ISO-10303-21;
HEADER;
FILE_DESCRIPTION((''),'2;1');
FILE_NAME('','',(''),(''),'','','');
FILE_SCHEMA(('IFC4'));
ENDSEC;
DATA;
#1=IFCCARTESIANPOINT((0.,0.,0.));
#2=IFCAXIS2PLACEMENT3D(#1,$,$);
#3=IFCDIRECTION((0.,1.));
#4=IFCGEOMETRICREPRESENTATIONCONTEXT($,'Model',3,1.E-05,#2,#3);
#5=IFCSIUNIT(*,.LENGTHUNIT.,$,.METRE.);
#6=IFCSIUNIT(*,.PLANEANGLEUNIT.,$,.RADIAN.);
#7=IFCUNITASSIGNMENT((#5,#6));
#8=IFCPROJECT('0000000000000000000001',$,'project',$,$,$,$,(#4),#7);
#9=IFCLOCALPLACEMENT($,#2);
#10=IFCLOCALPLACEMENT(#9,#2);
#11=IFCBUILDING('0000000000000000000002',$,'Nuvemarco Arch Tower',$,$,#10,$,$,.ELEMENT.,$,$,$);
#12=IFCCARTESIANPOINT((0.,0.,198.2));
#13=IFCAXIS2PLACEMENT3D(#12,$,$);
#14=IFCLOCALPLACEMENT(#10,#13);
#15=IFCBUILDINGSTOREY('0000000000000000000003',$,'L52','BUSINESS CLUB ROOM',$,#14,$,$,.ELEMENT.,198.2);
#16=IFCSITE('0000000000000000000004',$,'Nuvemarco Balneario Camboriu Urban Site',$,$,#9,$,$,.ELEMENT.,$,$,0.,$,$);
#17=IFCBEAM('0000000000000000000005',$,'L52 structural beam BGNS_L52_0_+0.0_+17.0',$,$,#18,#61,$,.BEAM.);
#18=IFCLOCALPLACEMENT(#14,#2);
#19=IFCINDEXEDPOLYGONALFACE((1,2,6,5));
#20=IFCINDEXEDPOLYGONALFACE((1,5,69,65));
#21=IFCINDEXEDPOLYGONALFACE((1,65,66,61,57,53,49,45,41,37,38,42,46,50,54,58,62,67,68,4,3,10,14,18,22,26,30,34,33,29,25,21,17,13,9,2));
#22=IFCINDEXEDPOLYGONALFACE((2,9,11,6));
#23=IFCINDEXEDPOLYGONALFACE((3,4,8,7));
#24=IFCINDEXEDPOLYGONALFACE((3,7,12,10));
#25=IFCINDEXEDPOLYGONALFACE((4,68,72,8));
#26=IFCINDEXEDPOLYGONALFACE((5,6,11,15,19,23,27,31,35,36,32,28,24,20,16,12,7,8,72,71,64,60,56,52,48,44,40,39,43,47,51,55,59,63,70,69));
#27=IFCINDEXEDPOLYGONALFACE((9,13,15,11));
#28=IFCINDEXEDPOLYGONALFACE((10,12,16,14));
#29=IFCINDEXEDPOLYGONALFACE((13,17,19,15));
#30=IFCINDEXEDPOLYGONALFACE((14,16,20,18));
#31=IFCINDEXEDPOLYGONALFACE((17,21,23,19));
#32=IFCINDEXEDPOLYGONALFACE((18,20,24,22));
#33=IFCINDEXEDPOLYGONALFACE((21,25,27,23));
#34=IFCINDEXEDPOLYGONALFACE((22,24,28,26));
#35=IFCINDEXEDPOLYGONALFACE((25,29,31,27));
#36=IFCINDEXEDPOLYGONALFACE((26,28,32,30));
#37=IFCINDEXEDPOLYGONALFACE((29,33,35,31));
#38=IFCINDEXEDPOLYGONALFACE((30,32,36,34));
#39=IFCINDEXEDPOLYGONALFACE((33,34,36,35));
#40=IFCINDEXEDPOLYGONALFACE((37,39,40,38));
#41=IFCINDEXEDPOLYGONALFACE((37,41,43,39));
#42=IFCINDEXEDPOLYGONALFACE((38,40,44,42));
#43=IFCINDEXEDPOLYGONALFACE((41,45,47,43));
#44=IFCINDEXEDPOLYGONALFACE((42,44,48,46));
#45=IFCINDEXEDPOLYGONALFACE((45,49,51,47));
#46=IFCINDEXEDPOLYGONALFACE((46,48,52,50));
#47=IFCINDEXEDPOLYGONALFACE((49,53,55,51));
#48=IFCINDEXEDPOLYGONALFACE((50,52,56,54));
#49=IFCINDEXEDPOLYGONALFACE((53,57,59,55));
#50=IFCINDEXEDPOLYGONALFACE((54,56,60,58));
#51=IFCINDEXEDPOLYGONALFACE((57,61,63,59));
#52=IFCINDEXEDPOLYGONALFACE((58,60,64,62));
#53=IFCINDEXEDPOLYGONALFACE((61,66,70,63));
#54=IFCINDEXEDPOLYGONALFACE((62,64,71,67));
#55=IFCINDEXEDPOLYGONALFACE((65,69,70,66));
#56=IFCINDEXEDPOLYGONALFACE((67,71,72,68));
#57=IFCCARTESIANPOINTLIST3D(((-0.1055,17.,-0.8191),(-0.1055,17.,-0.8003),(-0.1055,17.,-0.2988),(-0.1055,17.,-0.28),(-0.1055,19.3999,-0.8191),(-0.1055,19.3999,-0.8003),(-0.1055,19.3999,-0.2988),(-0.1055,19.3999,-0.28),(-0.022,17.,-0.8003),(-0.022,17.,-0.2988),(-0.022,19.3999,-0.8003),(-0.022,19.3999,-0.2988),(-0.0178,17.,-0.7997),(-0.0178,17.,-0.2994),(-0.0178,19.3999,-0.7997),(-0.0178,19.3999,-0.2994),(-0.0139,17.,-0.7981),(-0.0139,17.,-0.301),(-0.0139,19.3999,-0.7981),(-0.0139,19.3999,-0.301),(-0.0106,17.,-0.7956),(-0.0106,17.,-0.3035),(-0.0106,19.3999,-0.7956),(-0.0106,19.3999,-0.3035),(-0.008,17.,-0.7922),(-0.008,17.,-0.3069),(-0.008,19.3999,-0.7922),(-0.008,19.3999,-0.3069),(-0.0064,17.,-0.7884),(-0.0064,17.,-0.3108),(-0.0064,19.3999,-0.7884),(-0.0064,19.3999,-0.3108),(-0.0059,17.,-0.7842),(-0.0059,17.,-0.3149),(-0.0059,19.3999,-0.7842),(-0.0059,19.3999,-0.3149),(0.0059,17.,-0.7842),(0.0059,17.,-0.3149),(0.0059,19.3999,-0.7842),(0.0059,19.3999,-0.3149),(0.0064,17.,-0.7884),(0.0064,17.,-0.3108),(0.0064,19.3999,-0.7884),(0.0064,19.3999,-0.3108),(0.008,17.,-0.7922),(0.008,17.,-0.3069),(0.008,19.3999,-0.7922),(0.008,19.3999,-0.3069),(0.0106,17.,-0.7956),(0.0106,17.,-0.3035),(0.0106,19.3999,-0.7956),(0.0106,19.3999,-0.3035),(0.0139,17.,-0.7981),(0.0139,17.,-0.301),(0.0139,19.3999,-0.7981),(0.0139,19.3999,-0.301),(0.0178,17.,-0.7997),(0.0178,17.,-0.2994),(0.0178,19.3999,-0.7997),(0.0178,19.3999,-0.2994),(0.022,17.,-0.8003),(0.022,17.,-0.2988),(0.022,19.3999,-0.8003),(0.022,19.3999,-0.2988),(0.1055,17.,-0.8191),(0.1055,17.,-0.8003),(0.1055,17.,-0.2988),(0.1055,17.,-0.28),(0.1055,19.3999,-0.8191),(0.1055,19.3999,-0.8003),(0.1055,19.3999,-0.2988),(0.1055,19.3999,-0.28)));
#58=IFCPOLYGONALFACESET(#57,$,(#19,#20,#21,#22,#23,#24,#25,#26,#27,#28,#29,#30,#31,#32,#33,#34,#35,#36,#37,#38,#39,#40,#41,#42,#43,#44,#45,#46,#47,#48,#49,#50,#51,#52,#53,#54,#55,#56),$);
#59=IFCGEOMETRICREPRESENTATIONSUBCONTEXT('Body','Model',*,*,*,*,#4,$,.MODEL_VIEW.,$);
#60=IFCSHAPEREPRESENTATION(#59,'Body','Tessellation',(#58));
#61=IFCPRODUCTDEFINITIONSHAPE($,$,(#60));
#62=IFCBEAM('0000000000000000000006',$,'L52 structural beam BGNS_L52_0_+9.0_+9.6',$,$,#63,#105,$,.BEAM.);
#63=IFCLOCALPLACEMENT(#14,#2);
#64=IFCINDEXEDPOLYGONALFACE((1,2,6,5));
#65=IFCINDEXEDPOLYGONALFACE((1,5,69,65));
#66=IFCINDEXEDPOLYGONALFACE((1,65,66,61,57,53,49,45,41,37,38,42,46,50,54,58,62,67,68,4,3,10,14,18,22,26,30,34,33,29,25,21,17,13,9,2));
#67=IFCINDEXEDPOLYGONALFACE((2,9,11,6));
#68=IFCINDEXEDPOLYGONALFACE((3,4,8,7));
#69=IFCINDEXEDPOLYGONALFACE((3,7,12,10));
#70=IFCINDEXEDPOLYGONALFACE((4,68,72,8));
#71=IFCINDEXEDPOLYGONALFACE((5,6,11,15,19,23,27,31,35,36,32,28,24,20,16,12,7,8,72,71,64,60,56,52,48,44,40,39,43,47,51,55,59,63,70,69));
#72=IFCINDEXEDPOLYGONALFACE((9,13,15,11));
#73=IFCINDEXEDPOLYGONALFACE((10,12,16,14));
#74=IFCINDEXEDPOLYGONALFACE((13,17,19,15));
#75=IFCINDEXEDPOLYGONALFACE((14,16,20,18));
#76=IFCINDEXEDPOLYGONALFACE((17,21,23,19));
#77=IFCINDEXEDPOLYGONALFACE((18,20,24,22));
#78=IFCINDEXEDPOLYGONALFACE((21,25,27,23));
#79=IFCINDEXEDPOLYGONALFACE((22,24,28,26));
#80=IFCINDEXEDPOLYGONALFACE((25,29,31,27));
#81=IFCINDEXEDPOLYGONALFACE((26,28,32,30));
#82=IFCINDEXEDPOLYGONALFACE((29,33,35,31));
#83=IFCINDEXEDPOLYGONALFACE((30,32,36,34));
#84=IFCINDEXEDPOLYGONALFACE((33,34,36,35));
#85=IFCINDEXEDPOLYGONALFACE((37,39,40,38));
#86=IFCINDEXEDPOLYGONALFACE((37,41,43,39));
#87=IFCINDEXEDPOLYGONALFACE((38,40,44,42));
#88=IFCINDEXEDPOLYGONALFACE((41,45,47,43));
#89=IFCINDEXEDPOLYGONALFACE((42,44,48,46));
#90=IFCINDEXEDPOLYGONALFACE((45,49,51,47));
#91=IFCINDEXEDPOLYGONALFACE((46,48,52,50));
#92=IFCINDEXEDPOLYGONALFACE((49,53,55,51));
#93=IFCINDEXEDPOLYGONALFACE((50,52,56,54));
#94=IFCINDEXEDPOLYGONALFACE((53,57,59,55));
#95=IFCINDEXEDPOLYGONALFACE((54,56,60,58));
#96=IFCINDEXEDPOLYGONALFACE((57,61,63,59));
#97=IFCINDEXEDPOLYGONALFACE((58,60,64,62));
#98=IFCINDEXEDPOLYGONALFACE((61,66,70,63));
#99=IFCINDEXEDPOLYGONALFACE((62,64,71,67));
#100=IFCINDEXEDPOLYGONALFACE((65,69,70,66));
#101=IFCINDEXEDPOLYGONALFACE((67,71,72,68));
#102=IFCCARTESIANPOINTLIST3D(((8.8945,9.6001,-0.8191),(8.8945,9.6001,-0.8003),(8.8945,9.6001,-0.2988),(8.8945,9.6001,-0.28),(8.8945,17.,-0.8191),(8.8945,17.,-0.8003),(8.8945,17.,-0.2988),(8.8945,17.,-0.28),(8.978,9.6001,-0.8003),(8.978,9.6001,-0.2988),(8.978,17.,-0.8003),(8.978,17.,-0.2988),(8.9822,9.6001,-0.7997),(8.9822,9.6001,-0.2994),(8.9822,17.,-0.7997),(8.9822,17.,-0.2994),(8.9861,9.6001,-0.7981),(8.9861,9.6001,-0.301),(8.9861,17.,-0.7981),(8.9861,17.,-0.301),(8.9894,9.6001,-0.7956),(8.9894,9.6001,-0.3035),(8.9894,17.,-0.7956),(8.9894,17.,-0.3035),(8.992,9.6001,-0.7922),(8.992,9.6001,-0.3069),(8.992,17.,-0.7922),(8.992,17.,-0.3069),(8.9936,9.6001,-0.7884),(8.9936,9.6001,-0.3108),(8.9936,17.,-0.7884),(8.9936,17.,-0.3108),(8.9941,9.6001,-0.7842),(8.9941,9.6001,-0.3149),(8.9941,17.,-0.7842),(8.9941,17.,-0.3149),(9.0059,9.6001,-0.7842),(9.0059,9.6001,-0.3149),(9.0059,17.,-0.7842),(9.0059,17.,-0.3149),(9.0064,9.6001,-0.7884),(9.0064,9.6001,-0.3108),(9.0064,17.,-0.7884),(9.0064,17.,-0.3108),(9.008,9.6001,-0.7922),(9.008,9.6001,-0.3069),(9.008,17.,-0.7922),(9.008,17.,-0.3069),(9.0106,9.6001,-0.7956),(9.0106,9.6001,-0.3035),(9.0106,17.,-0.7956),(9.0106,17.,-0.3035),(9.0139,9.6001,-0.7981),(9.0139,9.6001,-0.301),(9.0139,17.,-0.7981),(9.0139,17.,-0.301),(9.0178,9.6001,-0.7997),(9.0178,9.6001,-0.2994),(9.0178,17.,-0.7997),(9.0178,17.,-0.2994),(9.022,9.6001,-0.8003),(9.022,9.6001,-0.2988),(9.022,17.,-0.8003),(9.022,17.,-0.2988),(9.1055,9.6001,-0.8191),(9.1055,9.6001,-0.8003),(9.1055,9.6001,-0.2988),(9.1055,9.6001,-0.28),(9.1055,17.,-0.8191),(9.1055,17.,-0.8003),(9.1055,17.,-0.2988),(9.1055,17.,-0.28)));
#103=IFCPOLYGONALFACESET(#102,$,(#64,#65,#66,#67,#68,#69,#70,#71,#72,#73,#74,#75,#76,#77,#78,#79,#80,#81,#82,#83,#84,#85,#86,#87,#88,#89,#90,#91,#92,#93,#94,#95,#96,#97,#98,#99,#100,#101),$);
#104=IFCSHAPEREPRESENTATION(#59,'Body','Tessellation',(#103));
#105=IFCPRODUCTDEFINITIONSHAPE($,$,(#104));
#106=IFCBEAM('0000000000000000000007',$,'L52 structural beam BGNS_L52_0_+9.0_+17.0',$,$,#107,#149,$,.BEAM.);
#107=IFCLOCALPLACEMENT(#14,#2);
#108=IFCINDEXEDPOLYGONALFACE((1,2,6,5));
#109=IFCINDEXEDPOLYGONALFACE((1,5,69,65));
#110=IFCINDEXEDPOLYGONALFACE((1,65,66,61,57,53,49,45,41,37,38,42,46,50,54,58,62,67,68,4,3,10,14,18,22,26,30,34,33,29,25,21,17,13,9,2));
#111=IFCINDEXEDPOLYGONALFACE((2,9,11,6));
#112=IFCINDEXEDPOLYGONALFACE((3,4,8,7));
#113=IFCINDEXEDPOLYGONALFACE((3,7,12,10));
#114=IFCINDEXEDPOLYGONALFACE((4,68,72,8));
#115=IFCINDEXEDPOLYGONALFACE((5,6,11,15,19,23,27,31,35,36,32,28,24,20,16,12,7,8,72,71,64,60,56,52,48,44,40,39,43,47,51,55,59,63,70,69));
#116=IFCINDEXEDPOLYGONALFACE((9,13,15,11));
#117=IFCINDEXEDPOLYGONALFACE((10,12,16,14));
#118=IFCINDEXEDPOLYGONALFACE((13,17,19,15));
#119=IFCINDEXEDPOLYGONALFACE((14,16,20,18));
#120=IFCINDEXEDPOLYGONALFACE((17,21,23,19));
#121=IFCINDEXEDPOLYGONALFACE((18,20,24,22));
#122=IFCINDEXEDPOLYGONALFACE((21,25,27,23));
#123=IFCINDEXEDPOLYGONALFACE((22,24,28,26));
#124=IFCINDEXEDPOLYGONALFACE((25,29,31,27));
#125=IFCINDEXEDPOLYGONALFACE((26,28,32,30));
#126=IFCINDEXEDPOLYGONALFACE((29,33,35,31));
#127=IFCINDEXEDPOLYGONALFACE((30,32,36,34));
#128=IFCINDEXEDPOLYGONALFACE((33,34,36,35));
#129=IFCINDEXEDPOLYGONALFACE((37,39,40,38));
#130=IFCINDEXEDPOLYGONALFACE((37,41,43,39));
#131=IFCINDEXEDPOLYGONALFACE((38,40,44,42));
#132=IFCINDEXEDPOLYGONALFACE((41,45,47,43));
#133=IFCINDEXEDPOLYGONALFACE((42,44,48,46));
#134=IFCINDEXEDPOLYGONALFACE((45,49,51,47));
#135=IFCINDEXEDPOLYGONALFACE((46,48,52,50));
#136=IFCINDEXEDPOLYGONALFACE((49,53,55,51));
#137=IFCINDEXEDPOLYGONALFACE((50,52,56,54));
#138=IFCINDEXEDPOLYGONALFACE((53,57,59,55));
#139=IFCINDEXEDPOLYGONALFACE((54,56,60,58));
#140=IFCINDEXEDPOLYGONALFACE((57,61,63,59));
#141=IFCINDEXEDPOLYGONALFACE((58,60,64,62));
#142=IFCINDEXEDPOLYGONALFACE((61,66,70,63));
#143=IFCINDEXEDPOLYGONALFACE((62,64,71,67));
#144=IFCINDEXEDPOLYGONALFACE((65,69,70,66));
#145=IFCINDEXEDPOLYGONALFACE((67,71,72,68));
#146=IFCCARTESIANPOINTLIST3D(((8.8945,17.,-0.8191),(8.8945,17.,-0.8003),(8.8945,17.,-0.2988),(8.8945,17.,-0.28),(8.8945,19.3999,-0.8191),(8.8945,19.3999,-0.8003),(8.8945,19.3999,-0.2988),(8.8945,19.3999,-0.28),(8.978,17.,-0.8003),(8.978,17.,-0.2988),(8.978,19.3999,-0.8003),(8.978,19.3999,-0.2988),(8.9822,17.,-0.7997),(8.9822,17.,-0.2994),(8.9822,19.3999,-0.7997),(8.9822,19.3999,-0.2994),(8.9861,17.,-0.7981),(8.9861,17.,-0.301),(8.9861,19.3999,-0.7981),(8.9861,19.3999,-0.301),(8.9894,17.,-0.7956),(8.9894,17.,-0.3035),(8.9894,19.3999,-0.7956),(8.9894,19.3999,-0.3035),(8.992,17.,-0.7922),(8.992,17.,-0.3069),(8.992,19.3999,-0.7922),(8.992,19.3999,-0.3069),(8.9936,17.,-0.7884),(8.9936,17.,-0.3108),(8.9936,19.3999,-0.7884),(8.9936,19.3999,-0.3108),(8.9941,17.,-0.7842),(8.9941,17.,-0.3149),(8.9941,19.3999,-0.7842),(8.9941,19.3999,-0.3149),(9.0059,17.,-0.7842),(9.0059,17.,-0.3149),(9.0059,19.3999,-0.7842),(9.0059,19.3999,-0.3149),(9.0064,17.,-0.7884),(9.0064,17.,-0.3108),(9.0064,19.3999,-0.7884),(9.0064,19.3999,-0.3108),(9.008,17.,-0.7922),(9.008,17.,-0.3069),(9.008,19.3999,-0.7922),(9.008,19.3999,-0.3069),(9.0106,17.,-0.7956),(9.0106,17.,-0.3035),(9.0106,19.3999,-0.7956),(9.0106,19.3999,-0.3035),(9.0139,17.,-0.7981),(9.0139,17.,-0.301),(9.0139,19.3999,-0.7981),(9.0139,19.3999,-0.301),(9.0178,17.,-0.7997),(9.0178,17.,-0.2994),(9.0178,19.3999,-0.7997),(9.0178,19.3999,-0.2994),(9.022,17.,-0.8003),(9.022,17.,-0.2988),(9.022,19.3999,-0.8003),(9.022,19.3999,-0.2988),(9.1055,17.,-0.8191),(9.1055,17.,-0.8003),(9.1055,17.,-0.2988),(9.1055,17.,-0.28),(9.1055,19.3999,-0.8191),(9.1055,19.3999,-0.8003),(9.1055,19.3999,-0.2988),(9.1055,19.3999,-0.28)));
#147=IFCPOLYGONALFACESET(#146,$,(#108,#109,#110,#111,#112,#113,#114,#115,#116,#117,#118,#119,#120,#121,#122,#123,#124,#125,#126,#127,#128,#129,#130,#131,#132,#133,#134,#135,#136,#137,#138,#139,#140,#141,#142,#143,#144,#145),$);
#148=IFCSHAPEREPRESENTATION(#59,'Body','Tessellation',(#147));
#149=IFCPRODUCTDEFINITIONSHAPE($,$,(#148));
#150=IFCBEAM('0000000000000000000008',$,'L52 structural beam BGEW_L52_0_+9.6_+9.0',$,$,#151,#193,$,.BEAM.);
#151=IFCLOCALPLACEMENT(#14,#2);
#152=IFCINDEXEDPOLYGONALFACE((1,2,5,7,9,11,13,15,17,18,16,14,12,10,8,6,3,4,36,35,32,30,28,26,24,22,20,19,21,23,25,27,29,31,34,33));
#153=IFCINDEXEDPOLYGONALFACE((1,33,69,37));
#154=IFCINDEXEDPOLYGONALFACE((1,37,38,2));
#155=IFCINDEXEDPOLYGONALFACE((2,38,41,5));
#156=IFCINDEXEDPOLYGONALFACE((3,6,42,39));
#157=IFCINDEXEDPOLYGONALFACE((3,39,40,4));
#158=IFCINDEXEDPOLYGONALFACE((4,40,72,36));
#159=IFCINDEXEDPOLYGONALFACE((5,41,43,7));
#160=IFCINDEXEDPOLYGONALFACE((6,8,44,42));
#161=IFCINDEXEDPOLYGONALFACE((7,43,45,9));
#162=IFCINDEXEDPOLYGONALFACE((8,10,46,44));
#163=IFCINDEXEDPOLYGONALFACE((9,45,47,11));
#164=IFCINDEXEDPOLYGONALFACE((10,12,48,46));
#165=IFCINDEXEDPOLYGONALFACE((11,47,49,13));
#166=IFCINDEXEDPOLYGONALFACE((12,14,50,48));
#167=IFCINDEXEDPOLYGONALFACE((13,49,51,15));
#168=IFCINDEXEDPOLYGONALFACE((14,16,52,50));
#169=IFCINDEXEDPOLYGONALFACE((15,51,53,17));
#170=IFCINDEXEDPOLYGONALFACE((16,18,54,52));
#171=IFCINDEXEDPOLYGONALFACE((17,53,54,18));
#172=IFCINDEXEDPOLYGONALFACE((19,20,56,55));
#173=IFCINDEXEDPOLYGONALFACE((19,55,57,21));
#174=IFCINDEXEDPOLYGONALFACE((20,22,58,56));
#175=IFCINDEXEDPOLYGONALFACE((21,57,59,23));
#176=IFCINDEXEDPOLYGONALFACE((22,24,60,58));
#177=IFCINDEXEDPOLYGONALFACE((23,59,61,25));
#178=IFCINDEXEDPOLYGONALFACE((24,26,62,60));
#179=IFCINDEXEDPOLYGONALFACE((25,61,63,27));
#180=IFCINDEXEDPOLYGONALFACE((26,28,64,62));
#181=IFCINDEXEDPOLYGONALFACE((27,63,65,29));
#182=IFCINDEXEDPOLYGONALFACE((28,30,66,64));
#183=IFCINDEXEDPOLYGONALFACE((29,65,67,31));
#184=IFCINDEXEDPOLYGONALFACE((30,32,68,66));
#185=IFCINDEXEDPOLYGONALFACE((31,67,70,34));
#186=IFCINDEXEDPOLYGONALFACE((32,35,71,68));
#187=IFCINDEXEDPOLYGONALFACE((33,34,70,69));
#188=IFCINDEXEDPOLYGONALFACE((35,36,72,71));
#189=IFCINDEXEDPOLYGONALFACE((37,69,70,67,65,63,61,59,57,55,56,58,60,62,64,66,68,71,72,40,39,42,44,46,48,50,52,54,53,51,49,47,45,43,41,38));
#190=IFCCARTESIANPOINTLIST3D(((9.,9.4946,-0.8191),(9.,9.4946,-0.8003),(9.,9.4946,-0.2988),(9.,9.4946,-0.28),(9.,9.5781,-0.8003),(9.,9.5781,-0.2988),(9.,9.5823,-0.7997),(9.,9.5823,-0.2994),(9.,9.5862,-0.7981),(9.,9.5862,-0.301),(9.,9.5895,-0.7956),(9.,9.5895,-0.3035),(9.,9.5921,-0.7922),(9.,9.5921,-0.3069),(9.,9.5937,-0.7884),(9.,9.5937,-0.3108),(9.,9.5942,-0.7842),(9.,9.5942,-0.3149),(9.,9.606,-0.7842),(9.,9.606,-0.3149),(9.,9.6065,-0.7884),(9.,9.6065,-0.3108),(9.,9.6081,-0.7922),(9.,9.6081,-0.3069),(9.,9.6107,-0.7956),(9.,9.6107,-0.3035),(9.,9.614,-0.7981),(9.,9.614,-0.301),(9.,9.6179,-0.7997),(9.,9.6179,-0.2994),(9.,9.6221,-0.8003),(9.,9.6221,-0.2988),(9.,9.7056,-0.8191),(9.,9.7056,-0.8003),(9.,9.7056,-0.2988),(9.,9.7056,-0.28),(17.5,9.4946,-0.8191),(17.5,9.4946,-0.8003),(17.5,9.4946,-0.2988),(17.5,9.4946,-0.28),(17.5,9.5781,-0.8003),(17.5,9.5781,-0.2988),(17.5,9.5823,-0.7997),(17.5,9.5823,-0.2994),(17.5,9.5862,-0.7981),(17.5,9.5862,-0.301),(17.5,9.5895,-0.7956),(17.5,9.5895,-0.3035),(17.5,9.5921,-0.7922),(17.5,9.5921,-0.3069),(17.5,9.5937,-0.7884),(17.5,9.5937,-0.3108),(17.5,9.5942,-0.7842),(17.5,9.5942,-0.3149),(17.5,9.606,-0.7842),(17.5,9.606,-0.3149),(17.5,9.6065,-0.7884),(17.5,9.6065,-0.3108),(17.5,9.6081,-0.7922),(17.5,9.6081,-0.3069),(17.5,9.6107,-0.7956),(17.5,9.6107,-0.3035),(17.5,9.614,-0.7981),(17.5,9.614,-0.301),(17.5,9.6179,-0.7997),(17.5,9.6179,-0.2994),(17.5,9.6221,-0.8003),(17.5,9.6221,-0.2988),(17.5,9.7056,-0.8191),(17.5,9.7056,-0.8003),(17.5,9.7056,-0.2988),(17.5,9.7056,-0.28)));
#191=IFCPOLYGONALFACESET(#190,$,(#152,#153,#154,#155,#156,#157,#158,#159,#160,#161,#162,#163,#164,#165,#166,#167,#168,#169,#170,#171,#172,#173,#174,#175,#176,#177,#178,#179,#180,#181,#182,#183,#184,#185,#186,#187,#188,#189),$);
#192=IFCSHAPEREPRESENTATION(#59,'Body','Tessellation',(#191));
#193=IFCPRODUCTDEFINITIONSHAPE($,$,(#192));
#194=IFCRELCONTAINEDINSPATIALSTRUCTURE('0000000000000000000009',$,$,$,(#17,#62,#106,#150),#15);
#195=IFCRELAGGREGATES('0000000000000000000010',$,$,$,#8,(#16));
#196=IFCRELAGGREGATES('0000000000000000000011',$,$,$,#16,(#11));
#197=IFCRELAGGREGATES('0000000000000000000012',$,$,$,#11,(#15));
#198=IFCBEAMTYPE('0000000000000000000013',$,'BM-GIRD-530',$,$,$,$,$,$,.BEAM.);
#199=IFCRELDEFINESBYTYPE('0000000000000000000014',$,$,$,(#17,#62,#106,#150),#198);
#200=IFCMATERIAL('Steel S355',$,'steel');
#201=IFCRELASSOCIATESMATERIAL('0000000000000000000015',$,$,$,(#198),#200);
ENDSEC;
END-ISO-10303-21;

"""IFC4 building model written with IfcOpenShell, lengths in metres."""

from ifc_helpers import new_model, si_unit, direction, frame, origin, origin_2d, place, context, subcontext, project, spatial, i_section, extrude, material, material_profile, profile_set, type_object, element, save


model = new_model("IFC4")

# Units and contexts
model_context = context("Model", 3, precision=1e-05, world=origin(), true_north=direction((0.0, 1.0)))
body_context = subcontext(model_context, "Body", "Model", "MODEL_VIEW")
ifc_project = project(units=[si_unit("LENGTHUNIT", "METRE"), si_unit("PLANEANGLEUNIT", "RADIAN")], contexts=[model_context])

# Site, building, storey
site_placement = place(None, origin())
site = spatial("IfcSite", under=ifc_project, at=site_placement, Name="Nuvemarco Balneario Camboriu Urban Site", CompositionType="ELEMENT", RefElevation=0.0)
building_placement = place(site_placement, origin())
building = spatial("IfcBuilding", under=site, at=building_placement, Name="Nuvemarco Arch Tower", CompositionType="ELEMENT")
storey_placement = place(building_placement, frame((0.0, 0.0, 198.2)))
storey = spatial("IfcBuildingStorey", under=building, at=storey_placement, Name="L52", Description="BUSINESS CLUB ROOM", CompositionType="ELEMENT", Elevation=198.2)

# Shared definitions
ifc_material_1 = material(Name="Steel S355", Category="steel")

# Beams
ifc_material_profile_1 = material_profile(ifc_material_1, i_section(OverallWidth=0.2109, OverallDepth=0.5391, WebThickness=0.0117, FlangeThickness=0.0188, FilletRadius=0.0161, at=origin_2d()), Name="W530x109")
ifc_profile_set_1 = profile_set([ifc_material_profile_1], Name="Steel S355")
beam_type_1 = type_object("IfcBeamType", Name="BM-GIRD-530", PredefinedType="BEAM", material=ifc_profile_set_1)
beam_1_placement = place(storey_placement, frame((0.0, 17.0, -0.5496), z_axis=(0.0, 1.0, 0.0), x_axis=(-1.0, 0.0, 0.0)))
element("IfcBeam", 1, at=beam_1_placement, inside=storey, type_object=beam_type_1, Name="L52 structural beam BGNS_L52_0_+0.0_+17.0", PredefinedType="BEAM", context=body_context, shape_type="SweptSolid", body=[
    extrude(i_section(OverallWidth=0.2109, OverallDepth=0.5391, WebThickness=0.0117, FlangeThickness=0.0188, FilletRadius=0.0161, at=origin_2d()), origin(), (0.0, 0.0, 1.0), 2.3999),
])
beam_2_placement = place(storey_placement, frame((9.0, 9.6001, -0.5496), z_axis=(0.0, 1.0, 0.0), x_axis=(-1.0, 0.0, 0.0)))
element("IfcBeam", 2, at=beam_2_placement, inside=storey, type_object=beam_type_1, Name="L52 structural beam BGNS_L52_0_+9.0_+9.6", PredefinedType="BEAM", context=body_context, shape_type="SweptSolid", body=[
    extrude(i_section(OverallWidth=0.2109, OverallDepth=0.5391, WebThickness=0.0117, FlangeThickness=0.0188, FilletRadius=0.0161, at=origin_2d()), origin(), (0.0, 0.0, 1.0), 7.3999),
])
beam_3_placement = place(storey_placement, frame((9.0, 17.0, -0.5496), z_axis=(0.0, 1.0, 0.0), x_axis=(-1.0, 0.0, 0.0)))
element("IfcBeam", 3, at=beam_3_placement, inside=storey, type_object=beam_type_1, Name="L52 structural beam BGNS_L52_0_+9.0_+17.0", PredefinedType="BEAM", context=body_context, shape_type="SweptSolid", body=[
    extrude(i_section(OverallWidth=0.2109, OverallDepth=0.5391, WebThickness=0.0117, FlangeThickness=0.0188, FilletRadius=0.0161, at=origin_2d()), origin(), (0.0, 0.0, 1.0), 2.3999),
])
beam_4_placement = place(storey_placement, frame((9.0, 9.6001, -0.5496), z_axis=(1.0, 0.0, 0.0), x_axis=(0.0, 1.0, 0.0)))
element("IfcBeam", 4, at=beam_4_placement, inside=storey, type_object=beam_type_1, Name="L52 structural beam BGEW_L52_0_+9.6_+9.0", PredefinedType="BEAM", context=body_context, shape_type="SweptSolid", body=[
    extrude(i_section(OverallWidth=0.2109, OverallDepth=0.5391, WebThickness=0.0117, FlangeThickness=0.0188, FilletRadius=0.0161, at=origin_2d()), origin(), (0.0, 0.0, 1.0), 8.5),
])

save(model, "model.ifc")
